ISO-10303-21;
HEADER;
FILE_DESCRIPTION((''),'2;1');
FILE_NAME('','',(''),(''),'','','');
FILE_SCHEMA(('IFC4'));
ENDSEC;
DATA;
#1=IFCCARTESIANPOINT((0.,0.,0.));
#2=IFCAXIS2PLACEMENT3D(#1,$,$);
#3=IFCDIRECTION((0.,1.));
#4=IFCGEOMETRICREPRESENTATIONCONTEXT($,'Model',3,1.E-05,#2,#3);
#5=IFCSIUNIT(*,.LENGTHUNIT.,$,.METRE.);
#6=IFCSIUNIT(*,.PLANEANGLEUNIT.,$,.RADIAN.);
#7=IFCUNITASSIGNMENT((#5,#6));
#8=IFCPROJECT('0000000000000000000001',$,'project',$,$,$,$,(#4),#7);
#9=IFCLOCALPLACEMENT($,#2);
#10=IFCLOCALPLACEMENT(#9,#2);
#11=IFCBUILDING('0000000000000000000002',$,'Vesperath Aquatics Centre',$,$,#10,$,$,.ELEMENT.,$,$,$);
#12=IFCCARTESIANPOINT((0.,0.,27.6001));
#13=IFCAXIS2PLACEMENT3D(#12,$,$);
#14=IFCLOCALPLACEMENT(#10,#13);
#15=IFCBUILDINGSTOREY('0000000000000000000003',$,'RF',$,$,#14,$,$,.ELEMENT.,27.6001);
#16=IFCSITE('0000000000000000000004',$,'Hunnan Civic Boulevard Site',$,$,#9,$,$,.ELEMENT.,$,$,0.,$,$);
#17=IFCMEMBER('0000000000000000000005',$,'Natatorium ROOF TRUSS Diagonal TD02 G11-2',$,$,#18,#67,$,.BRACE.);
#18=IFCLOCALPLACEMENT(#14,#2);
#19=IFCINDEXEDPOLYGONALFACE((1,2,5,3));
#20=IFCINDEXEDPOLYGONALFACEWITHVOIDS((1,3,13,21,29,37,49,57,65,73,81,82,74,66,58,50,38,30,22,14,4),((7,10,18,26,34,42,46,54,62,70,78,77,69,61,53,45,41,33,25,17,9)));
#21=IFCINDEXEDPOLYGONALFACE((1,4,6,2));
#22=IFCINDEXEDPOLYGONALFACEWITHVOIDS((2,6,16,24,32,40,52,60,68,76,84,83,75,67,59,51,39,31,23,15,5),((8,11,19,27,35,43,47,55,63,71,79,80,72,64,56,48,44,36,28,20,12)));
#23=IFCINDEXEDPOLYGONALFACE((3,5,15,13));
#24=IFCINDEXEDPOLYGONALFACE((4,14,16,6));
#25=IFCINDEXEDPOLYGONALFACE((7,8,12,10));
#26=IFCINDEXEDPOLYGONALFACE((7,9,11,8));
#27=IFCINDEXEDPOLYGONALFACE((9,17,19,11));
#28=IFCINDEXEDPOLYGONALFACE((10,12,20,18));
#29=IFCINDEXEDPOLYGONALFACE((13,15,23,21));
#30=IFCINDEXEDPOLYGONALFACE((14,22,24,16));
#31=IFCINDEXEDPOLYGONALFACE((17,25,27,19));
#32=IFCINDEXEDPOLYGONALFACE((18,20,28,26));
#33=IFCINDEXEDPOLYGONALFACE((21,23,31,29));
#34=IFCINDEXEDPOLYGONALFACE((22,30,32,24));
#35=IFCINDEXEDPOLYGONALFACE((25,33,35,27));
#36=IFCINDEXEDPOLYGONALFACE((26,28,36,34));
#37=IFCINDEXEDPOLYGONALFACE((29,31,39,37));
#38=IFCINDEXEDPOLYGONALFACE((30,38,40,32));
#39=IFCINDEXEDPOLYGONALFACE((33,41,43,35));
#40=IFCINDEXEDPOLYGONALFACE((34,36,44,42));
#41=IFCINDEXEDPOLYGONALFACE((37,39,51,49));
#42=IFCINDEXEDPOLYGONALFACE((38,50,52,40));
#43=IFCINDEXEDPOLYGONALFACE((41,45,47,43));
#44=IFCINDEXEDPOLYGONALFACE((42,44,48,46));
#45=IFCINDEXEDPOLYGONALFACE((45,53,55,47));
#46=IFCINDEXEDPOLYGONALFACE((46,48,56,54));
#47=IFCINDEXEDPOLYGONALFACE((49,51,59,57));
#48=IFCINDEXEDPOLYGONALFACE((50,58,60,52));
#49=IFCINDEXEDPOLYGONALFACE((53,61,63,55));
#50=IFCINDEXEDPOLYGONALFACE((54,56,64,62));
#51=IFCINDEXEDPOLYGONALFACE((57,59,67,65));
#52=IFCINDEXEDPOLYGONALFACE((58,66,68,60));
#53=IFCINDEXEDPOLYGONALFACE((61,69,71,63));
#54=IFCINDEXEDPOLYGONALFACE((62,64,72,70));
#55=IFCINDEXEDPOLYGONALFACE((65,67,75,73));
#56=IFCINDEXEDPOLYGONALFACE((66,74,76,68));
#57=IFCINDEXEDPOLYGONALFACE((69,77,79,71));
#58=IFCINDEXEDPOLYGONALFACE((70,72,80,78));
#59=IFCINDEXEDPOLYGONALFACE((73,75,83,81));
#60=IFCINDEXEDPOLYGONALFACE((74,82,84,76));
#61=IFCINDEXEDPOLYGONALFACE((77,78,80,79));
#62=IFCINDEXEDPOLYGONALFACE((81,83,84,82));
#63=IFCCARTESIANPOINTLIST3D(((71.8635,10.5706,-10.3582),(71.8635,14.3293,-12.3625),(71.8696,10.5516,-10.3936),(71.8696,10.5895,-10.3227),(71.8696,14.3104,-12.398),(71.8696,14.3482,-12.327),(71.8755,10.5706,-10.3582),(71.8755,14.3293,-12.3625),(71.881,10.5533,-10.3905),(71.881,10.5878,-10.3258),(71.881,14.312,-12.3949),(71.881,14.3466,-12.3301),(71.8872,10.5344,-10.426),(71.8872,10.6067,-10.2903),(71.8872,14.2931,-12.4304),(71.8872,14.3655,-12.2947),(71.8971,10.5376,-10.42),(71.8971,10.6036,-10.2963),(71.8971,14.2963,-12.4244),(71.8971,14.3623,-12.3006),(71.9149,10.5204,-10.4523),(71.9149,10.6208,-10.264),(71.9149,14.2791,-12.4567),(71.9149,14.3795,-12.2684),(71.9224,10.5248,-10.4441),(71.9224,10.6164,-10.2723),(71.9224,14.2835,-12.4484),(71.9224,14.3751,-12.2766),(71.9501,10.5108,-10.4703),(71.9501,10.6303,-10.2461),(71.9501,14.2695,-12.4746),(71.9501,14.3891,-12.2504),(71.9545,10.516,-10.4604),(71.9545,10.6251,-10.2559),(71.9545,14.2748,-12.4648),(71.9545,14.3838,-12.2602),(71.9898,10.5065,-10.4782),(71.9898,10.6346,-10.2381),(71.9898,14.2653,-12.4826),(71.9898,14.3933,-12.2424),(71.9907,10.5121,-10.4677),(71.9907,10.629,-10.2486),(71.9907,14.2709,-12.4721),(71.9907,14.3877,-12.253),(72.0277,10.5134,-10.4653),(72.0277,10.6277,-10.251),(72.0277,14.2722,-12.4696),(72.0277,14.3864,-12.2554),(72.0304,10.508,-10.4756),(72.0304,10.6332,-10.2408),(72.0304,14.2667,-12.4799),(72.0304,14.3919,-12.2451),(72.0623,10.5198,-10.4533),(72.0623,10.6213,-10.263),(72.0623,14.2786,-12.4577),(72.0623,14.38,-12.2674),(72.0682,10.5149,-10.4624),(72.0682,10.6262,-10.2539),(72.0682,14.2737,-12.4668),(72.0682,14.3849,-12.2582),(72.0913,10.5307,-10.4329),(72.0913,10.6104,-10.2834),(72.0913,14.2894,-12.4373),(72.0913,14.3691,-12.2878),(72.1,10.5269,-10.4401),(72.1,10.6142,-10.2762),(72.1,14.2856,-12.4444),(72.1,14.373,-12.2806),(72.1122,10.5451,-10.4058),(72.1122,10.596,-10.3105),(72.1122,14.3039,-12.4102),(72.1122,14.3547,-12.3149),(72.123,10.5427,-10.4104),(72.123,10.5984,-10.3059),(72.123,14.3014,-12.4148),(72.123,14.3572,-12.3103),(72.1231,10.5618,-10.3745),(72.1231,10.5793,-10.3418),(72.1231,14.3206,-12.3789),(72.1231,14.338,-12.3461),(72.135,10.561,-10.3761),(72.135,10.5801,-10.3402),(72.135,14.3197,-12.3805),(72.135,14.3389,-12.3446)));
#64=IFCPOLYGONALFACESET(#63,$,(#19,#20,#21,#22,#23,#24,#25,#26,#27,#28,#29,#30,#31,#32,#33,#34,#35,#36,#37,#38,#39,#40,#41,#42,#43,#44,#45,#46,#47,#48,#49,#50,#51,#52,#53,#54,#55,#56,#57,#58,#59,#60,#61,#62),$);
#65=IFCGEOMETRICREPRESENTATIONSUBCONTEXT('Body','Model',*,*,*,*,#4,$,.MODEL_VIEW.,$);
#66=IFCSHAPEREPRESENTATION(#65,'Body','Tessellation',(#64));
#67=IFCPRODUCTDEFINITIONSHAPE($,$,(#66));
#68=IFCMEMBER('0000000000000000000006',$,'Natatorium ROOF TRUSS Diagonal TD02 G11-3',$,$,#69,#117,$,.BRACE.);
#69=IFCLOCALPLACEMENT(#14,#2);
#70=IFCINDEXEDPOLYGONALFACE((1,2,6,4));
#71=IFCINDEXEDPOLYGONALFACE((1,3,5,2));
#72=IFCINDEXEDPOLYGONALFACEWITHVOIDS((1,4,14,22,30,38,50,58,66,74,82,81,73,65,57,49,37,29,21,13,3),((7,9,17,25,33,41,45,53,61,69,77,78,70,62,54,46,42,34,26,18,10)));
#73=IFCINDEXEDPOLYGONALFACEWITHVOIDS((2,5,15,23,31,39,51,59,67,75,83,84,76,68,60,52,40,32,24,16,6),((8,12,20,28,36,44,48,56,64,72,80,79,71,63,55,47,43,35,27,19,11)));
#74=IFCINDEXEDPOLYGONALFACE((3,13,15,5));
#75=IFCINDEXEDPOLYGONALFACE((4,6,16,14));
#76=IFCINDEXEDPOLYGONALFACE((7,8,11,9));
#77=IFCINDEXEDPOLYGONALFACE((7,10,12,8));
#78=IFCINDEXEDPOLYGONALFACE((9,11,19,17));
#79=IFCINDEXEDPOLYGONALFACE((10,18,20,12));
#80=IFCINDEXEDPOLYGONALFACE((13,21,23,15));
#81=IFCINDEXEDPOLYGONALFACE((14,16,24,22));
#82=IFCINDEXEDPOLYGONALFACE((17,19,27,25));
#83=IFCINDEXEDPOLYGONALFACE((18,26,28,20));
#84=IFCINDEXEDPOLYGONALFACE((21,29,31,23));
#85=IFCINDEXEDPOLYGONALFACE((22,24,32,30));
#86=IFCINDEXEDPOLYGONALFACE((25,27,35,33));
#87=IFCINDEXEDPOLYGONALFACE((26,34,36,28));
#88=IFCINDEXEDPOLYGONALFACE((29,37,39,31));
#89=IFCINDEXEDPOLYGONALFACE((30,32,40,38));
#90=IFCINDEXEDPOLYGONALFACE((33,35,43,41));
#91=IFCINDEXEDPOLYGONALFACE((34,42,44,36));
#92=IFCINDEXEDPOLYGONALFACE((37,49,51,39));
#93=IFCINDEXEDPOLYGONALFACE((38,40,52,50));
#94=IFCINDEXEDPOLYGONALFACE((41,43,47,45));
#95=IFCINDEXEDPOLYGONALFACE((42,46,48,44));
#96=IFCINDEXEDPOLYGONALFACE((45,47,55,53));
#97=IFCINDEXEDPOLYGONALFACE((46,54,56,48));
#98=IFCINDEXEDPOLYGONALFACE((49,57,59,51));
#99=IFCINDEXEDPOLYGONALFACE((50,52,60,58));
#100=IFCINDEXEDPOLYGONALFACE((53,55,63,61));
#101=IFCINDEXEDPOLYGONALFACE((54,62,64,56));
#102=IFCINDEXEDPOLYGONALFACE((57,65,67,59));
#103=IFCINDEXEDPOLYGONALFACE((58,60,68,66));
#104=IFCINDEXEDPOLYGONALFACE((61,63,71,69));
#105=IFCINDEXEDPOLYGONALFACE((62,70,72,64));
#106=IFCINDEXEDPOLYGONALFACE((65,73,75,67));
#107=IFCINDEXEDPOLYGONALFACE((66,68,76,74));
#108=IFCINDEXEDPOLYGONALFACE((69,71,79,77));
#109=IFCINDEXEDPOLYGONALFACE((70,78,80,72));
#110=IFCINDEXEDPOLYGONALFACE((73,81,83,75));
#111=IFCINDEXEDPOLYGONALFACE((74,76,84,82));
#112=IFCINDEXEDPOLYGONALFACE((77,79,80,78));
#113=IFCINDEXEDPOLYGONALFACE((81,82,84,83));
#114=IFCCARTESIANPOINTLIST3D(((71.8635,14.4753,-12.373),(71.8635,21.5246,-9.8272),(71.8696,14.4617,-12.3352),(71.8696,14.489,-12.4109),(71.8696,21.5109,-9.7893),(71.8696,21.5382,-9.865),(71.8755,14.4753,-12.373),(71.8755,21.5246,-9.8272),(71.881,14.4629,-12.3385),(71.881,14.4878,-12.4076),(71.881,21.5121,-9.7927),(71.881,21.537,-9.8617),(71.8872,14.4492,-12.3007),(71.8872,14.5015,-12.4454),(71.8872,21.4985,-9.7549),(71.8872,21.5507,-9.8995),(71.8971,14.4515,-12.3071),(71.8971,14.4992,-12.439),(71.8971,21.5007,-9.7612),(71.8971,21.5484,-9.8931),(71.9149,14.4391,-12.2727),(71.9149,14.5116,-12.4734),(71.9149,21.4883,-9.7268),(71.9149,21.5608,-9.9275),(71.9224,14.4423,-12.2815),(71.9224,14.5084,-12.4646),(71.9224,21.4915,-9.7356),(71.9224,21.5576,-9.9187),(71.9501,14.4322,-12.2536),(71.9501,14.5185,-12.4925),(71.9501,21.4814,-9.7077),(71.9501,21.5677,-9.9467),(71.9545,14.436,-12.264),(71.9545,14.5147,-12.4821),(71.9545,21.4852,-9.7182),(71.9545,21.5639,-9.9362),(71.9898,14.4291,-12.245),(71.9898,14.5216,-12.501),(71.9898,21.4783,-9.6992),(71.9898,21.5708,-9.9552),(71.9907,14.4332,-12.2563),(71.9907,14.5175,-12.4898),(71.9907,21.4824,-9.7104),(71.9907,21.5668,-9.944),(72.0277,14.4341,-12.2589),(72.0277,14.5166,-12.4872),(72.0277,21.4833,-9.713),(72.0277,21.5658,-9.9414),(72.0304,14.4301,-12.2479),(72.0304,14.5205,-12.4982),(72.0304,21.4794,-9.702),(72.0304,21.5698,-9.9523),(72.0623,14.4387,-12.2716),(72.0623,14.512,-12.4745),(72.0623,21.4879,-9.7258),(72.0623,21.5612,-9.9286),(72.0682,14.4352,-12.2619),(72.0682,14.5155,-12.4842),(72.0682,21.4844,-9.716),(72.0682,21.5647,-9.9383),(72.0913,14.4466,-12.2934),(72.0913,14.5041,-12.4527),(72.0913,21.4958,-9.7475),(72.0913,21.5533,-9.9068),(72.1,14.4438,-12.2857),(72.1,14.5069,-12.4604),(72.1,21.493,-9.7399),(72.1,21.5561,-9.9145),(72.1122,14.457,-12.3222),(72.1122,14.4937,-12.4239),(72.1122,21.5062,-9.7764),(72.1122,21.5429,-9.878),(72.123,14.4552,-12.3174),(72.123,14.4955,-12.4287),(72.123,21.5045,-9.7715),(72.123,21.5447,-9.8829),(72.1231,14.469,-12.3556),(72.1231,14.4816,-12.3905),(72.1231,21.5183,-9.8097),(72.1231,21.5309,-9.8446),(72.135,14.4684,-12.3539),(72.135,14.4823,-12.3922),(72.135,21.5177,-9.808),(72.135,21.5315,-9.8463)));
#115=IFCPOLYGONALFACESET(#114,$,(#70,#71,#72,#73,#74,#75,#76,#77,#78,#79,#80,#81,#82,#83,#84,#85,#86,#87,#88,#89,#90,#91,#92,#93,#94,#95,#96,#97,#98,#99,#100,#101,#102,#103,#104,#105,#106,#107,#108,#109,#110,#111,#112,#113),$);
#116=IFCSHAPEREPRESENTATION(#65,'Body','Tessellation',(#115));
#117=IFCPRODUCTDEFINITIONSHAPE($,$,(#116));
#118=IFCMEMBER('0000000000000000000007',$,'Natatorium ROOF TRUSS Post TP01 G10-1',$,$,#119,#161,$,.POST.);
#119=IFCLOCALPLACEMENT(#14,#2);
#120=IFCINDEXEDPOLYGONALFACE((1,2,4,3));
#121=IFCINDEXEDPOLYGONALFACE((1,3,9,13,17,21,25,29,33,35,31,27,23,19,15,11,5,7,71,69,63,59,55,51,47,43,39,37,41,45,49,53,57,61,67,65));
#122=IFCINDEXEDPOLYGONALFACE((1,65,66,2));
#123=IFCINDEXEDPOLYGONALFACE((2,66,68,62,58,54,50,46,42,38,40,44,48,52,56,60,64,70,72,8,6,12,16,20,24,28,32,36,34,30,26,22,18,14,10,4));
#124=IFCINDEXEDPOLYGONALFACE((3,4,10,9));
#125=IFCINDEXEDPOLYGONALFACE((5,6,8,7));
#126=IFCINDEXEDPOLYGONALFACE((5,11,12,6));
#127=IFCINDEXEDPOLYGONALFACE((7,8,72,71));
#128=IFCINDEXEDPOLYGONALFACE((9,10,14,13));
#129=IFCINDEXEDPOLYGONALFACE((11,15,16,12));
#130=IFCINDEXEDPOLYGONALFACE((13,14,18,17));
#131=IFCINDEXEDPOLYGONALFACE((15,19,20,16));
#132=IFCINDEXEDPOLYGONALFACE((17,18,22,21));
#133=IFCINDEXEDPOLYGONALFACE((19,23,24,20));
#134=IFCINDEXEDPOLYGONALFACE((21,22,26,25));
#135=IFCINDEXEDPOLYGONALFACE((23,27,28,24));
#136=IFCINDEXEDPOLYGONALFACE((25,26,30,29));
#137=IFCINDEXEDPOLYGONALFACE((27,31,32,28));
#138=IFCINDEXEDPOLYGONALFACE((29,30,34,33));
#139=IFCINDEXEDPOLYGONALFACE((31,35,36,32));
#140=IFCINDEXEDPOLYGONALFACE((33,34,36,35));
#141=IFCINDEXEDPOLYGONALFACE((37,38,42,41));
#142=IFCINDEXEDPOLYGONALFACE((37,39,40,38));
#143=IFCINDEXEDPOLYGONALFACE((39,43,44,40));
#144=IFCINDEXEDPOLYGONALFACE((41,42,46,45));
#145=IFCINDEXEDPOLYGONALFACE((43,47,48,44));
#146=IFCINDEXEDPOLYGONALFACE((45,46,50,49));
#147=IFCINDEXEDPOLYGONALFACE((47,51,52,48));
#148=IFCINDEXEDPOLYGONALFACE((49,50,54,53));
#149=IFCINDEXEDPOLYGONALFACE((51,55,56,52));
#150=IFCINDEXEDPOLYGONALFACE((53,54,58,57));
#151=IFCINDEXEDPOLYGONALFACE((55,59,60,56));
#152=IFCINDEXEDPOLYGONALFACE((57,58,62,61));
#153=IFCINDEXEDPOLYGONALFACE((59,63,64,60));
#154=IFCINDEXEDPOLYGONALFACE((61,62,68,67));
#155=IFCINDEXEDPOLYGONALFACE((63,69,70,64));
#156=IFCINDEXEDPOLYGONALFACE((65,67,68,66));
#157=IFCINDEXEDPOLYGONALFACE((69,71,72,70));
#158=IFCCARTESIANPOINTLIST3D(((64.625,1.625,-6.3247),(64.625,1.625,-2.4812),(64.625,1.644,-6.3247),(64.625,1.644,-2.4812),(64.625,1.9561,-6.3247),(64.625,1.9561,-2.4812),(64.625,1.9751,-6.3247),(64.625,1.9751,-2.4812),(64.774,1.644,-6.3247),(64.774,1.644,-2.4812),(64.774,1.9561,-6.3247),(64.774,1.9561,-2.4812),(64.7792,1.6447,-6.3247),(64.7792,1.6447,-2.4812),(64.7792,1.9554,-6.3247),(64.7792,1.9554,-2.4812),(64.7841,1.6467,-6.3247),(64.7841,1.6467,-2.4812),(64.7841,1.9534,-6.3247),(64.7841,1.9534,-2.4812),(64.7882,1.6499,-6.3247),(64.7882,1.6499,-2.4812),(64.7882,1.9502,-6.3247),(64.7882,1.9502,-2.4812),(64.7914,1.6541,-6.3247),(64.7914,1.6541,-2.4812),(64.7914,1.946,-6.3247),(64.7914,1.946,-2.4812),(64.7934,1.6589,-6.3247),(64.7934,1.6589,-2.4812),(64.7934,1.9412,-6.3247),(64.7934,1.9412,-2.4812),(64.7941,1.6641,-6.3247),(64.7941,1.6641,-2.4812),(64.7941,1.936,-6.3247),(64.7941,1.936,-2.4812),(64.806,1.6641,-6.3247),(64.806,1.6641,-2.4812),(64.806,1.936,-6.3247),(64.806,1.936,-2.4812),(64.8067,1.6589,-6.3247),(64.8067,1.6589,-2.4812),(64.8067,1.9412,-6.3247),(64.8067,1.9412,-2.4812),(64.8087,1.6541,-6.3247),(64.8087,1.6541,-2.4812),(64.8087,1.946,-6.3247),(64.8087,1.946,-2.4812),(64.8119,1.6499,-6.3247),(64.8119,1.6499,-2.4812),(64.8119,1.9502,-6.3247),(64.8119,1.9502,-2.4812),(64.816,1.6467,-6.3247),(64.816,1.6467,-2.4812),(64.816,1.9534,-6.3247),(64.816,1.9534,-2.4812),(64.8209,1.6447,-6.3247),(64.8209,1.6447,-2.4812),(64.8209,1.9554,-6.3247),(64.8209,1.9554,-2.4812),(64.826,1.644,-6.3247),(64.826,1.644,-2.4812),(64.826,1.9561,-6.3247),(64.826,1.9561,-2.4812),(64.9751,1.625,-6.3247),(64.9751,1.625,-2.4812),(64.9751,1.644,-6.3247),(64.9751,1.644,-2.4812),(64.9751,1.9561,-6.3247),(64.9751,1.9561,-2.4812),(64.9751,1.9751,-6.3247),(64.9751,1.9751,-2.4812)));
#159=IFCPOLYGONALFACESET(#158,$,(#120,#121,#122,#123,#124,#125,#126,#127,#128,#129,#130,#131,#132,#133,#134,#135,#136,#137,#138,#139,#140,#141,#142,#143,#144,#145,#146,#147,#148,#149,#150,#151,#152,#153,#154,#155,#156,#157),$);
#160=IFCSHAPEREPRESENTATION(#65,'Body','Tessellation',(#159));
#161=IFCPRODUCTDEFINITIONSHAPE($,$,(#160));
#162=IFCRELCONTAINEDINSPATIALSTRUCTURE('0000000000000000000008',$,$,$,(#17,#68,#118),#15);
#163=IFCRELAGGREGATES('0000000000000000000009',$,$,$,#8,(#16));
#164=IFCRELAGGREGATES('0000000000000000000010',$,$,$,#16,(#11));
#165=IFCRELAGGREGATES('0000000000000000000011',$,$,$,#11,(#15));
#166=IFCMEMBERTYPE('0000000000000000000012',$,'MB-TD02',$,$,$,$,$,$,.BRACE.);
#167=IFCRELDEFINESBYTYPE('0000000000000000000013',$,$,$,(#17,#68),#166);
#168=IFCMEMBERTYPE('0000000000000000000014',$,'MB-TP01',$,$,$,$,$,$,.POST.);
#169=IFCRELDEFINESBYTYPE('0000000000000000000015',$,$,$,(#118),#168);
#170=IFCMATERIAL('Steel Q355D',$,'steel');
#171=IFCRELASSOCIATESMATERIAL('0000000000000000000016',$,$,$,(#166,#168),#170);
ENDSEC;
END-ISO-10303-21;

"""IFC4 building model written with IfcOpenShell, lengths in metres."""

from ifc_helpers import new_model, si_unit, direction, frame, origin, origin_2d, place, context, subcontext, project, spatial, hollow_circle, i_section, extrude, material, material_profile, profile_set, type_object, element, save


model = new_model("IFC4")

# Units and contexts
model_context = context("Model", 3, precision=1e-05, world=origin(), true_north=direction((0.0, 1.0)))
body_context = subcontext(model_context, "Body", "Model", "MODEL_VIEW")
ifc_project = project(units=[si_unit("LENGTHUNIT", "METRE"), si_unit("PLANEANGLEUNIT", "RADIAN")], contexts=[model_context])

# Site, building, storey
site_placement = place(None, origin())
site = spatial("IfcSite", under=ifc_project, at=site_placement, Name="Hunnan Civic Boulevard Site", CompositionType="ELEMENT", RefElevation=0.0)
building_placement = place(site_placement, origin())
building = spatial("IfcBuilding", under=site, at=building_placement, Name="Vesperath Aquatics Centre", CompositionType="ELEMENT")
storey_placement = place(building_placement, frame((0.0, 0.0, 27.6001)))
storey = spatial("IfcBuildingStorey", under=building, at=storey_placement, Name="RF", CompositionType="ELEMENT", Elevation=27.6001)

# Members
ifc_material_1 = material(Name="Steel Q355D", Category="steel")
ifc_material_profile_1 = material_profile(ifc_material_1, hollow_circle(Radius=0.1365, WallThickness=0.012, at=origin_2d()), Name="CHS 273.0x12")
ifc_profile_set_1 = profile_set([ifc_material_profile_1], Name="Steel Q355D")
member_type_1 = type_object("IfcMemberType", Name="MB-TD02", PredefinedType="BRACE", material=ifc_profile_set_1)
member_1_placement = place(storey_placement, frame((72.0, 10.5706, -10.3582), z_axis=(0.0, 0.882381, -0.470535), x_axis=(-1.0, 0.0, 0.0)))
element("IfcMember", 1, at=member_1_placement, inside=storey, type_object=member_type_1, Name="Natatorium ROOF TRUSS Diagonal TD02 G11-2", PredefinedType="BRACE", context=body_context, shape_type="SweptSolid", body=[
    extrude(hollow_circle(Radius=0.1365, WallThickness=0.012, at=origin_2d()), origin(), (0.0, 0.0, 1.0), 4.2598),
])
member_2_placement = place(storey_placement, frame((72.0, 14.4753, -12.373), z_axis=(0.0, 0.940541, 0.339681), x_axis=(-1.0, 0.0, 0.0)))
element("IfcMember", 2, at=member_2_placement, inside=storey, type_object=member_type_1, Name="Natatorium ROOF TRUSS Diagonal TD02 G11-3", PredefinedType="BRACE", context=body_context, shape_type="SweptSolid", body=[
    extrude(hollow_circle(Radius=0.1365, WallThickness=0.012, at=origin_2d()), origin(), (0.0, 0.0, 1.0), 7.4949),
])
ifc_material_profile_2 = material_profile(ifc_material_1, i_section(OverallWidth=0.3501, OverallDepth=0.3501, WebThickness=0.012, FlangeThickness=0.019, FilletRadius=0.02, at=origin_2d()), Name="HW 350x350x12x19")
ifc_profile_set_2 = profile_set([ifc_material_profile_2], Name="Steel Q355D")
member_type_2 = type_object("IfcMemberType", Name="MB-TP01", PredefinedType="POST", material=ifc_profile_set_2)
member_3_placement = place(storey_placement, frame((64.8, 1.8, -6.3247), z_axis=(0.0, 0.0, 1.0), x_axis=(1.0, 0.0, 0.0)))
element("IfcMember", 3, at=member_3_placement, inside=storey, type_object=member_type_2, Name="Natatorium ROOF TRUSS Post TP01 G10-1", PredefinedType="POST", context=body_context, shape_type="SweptSolid", body=[
    extrude(i_section(OverallWidth=0.3501, OverallDepth=0.3501, WebThickness=0.012, FlangeThickness=0.019, FilletRadius=0.02, at=origin_2d()), origin(), (0.0, 0.0, 1.0), 3.8435),
])

save(model, "model.ifc")
